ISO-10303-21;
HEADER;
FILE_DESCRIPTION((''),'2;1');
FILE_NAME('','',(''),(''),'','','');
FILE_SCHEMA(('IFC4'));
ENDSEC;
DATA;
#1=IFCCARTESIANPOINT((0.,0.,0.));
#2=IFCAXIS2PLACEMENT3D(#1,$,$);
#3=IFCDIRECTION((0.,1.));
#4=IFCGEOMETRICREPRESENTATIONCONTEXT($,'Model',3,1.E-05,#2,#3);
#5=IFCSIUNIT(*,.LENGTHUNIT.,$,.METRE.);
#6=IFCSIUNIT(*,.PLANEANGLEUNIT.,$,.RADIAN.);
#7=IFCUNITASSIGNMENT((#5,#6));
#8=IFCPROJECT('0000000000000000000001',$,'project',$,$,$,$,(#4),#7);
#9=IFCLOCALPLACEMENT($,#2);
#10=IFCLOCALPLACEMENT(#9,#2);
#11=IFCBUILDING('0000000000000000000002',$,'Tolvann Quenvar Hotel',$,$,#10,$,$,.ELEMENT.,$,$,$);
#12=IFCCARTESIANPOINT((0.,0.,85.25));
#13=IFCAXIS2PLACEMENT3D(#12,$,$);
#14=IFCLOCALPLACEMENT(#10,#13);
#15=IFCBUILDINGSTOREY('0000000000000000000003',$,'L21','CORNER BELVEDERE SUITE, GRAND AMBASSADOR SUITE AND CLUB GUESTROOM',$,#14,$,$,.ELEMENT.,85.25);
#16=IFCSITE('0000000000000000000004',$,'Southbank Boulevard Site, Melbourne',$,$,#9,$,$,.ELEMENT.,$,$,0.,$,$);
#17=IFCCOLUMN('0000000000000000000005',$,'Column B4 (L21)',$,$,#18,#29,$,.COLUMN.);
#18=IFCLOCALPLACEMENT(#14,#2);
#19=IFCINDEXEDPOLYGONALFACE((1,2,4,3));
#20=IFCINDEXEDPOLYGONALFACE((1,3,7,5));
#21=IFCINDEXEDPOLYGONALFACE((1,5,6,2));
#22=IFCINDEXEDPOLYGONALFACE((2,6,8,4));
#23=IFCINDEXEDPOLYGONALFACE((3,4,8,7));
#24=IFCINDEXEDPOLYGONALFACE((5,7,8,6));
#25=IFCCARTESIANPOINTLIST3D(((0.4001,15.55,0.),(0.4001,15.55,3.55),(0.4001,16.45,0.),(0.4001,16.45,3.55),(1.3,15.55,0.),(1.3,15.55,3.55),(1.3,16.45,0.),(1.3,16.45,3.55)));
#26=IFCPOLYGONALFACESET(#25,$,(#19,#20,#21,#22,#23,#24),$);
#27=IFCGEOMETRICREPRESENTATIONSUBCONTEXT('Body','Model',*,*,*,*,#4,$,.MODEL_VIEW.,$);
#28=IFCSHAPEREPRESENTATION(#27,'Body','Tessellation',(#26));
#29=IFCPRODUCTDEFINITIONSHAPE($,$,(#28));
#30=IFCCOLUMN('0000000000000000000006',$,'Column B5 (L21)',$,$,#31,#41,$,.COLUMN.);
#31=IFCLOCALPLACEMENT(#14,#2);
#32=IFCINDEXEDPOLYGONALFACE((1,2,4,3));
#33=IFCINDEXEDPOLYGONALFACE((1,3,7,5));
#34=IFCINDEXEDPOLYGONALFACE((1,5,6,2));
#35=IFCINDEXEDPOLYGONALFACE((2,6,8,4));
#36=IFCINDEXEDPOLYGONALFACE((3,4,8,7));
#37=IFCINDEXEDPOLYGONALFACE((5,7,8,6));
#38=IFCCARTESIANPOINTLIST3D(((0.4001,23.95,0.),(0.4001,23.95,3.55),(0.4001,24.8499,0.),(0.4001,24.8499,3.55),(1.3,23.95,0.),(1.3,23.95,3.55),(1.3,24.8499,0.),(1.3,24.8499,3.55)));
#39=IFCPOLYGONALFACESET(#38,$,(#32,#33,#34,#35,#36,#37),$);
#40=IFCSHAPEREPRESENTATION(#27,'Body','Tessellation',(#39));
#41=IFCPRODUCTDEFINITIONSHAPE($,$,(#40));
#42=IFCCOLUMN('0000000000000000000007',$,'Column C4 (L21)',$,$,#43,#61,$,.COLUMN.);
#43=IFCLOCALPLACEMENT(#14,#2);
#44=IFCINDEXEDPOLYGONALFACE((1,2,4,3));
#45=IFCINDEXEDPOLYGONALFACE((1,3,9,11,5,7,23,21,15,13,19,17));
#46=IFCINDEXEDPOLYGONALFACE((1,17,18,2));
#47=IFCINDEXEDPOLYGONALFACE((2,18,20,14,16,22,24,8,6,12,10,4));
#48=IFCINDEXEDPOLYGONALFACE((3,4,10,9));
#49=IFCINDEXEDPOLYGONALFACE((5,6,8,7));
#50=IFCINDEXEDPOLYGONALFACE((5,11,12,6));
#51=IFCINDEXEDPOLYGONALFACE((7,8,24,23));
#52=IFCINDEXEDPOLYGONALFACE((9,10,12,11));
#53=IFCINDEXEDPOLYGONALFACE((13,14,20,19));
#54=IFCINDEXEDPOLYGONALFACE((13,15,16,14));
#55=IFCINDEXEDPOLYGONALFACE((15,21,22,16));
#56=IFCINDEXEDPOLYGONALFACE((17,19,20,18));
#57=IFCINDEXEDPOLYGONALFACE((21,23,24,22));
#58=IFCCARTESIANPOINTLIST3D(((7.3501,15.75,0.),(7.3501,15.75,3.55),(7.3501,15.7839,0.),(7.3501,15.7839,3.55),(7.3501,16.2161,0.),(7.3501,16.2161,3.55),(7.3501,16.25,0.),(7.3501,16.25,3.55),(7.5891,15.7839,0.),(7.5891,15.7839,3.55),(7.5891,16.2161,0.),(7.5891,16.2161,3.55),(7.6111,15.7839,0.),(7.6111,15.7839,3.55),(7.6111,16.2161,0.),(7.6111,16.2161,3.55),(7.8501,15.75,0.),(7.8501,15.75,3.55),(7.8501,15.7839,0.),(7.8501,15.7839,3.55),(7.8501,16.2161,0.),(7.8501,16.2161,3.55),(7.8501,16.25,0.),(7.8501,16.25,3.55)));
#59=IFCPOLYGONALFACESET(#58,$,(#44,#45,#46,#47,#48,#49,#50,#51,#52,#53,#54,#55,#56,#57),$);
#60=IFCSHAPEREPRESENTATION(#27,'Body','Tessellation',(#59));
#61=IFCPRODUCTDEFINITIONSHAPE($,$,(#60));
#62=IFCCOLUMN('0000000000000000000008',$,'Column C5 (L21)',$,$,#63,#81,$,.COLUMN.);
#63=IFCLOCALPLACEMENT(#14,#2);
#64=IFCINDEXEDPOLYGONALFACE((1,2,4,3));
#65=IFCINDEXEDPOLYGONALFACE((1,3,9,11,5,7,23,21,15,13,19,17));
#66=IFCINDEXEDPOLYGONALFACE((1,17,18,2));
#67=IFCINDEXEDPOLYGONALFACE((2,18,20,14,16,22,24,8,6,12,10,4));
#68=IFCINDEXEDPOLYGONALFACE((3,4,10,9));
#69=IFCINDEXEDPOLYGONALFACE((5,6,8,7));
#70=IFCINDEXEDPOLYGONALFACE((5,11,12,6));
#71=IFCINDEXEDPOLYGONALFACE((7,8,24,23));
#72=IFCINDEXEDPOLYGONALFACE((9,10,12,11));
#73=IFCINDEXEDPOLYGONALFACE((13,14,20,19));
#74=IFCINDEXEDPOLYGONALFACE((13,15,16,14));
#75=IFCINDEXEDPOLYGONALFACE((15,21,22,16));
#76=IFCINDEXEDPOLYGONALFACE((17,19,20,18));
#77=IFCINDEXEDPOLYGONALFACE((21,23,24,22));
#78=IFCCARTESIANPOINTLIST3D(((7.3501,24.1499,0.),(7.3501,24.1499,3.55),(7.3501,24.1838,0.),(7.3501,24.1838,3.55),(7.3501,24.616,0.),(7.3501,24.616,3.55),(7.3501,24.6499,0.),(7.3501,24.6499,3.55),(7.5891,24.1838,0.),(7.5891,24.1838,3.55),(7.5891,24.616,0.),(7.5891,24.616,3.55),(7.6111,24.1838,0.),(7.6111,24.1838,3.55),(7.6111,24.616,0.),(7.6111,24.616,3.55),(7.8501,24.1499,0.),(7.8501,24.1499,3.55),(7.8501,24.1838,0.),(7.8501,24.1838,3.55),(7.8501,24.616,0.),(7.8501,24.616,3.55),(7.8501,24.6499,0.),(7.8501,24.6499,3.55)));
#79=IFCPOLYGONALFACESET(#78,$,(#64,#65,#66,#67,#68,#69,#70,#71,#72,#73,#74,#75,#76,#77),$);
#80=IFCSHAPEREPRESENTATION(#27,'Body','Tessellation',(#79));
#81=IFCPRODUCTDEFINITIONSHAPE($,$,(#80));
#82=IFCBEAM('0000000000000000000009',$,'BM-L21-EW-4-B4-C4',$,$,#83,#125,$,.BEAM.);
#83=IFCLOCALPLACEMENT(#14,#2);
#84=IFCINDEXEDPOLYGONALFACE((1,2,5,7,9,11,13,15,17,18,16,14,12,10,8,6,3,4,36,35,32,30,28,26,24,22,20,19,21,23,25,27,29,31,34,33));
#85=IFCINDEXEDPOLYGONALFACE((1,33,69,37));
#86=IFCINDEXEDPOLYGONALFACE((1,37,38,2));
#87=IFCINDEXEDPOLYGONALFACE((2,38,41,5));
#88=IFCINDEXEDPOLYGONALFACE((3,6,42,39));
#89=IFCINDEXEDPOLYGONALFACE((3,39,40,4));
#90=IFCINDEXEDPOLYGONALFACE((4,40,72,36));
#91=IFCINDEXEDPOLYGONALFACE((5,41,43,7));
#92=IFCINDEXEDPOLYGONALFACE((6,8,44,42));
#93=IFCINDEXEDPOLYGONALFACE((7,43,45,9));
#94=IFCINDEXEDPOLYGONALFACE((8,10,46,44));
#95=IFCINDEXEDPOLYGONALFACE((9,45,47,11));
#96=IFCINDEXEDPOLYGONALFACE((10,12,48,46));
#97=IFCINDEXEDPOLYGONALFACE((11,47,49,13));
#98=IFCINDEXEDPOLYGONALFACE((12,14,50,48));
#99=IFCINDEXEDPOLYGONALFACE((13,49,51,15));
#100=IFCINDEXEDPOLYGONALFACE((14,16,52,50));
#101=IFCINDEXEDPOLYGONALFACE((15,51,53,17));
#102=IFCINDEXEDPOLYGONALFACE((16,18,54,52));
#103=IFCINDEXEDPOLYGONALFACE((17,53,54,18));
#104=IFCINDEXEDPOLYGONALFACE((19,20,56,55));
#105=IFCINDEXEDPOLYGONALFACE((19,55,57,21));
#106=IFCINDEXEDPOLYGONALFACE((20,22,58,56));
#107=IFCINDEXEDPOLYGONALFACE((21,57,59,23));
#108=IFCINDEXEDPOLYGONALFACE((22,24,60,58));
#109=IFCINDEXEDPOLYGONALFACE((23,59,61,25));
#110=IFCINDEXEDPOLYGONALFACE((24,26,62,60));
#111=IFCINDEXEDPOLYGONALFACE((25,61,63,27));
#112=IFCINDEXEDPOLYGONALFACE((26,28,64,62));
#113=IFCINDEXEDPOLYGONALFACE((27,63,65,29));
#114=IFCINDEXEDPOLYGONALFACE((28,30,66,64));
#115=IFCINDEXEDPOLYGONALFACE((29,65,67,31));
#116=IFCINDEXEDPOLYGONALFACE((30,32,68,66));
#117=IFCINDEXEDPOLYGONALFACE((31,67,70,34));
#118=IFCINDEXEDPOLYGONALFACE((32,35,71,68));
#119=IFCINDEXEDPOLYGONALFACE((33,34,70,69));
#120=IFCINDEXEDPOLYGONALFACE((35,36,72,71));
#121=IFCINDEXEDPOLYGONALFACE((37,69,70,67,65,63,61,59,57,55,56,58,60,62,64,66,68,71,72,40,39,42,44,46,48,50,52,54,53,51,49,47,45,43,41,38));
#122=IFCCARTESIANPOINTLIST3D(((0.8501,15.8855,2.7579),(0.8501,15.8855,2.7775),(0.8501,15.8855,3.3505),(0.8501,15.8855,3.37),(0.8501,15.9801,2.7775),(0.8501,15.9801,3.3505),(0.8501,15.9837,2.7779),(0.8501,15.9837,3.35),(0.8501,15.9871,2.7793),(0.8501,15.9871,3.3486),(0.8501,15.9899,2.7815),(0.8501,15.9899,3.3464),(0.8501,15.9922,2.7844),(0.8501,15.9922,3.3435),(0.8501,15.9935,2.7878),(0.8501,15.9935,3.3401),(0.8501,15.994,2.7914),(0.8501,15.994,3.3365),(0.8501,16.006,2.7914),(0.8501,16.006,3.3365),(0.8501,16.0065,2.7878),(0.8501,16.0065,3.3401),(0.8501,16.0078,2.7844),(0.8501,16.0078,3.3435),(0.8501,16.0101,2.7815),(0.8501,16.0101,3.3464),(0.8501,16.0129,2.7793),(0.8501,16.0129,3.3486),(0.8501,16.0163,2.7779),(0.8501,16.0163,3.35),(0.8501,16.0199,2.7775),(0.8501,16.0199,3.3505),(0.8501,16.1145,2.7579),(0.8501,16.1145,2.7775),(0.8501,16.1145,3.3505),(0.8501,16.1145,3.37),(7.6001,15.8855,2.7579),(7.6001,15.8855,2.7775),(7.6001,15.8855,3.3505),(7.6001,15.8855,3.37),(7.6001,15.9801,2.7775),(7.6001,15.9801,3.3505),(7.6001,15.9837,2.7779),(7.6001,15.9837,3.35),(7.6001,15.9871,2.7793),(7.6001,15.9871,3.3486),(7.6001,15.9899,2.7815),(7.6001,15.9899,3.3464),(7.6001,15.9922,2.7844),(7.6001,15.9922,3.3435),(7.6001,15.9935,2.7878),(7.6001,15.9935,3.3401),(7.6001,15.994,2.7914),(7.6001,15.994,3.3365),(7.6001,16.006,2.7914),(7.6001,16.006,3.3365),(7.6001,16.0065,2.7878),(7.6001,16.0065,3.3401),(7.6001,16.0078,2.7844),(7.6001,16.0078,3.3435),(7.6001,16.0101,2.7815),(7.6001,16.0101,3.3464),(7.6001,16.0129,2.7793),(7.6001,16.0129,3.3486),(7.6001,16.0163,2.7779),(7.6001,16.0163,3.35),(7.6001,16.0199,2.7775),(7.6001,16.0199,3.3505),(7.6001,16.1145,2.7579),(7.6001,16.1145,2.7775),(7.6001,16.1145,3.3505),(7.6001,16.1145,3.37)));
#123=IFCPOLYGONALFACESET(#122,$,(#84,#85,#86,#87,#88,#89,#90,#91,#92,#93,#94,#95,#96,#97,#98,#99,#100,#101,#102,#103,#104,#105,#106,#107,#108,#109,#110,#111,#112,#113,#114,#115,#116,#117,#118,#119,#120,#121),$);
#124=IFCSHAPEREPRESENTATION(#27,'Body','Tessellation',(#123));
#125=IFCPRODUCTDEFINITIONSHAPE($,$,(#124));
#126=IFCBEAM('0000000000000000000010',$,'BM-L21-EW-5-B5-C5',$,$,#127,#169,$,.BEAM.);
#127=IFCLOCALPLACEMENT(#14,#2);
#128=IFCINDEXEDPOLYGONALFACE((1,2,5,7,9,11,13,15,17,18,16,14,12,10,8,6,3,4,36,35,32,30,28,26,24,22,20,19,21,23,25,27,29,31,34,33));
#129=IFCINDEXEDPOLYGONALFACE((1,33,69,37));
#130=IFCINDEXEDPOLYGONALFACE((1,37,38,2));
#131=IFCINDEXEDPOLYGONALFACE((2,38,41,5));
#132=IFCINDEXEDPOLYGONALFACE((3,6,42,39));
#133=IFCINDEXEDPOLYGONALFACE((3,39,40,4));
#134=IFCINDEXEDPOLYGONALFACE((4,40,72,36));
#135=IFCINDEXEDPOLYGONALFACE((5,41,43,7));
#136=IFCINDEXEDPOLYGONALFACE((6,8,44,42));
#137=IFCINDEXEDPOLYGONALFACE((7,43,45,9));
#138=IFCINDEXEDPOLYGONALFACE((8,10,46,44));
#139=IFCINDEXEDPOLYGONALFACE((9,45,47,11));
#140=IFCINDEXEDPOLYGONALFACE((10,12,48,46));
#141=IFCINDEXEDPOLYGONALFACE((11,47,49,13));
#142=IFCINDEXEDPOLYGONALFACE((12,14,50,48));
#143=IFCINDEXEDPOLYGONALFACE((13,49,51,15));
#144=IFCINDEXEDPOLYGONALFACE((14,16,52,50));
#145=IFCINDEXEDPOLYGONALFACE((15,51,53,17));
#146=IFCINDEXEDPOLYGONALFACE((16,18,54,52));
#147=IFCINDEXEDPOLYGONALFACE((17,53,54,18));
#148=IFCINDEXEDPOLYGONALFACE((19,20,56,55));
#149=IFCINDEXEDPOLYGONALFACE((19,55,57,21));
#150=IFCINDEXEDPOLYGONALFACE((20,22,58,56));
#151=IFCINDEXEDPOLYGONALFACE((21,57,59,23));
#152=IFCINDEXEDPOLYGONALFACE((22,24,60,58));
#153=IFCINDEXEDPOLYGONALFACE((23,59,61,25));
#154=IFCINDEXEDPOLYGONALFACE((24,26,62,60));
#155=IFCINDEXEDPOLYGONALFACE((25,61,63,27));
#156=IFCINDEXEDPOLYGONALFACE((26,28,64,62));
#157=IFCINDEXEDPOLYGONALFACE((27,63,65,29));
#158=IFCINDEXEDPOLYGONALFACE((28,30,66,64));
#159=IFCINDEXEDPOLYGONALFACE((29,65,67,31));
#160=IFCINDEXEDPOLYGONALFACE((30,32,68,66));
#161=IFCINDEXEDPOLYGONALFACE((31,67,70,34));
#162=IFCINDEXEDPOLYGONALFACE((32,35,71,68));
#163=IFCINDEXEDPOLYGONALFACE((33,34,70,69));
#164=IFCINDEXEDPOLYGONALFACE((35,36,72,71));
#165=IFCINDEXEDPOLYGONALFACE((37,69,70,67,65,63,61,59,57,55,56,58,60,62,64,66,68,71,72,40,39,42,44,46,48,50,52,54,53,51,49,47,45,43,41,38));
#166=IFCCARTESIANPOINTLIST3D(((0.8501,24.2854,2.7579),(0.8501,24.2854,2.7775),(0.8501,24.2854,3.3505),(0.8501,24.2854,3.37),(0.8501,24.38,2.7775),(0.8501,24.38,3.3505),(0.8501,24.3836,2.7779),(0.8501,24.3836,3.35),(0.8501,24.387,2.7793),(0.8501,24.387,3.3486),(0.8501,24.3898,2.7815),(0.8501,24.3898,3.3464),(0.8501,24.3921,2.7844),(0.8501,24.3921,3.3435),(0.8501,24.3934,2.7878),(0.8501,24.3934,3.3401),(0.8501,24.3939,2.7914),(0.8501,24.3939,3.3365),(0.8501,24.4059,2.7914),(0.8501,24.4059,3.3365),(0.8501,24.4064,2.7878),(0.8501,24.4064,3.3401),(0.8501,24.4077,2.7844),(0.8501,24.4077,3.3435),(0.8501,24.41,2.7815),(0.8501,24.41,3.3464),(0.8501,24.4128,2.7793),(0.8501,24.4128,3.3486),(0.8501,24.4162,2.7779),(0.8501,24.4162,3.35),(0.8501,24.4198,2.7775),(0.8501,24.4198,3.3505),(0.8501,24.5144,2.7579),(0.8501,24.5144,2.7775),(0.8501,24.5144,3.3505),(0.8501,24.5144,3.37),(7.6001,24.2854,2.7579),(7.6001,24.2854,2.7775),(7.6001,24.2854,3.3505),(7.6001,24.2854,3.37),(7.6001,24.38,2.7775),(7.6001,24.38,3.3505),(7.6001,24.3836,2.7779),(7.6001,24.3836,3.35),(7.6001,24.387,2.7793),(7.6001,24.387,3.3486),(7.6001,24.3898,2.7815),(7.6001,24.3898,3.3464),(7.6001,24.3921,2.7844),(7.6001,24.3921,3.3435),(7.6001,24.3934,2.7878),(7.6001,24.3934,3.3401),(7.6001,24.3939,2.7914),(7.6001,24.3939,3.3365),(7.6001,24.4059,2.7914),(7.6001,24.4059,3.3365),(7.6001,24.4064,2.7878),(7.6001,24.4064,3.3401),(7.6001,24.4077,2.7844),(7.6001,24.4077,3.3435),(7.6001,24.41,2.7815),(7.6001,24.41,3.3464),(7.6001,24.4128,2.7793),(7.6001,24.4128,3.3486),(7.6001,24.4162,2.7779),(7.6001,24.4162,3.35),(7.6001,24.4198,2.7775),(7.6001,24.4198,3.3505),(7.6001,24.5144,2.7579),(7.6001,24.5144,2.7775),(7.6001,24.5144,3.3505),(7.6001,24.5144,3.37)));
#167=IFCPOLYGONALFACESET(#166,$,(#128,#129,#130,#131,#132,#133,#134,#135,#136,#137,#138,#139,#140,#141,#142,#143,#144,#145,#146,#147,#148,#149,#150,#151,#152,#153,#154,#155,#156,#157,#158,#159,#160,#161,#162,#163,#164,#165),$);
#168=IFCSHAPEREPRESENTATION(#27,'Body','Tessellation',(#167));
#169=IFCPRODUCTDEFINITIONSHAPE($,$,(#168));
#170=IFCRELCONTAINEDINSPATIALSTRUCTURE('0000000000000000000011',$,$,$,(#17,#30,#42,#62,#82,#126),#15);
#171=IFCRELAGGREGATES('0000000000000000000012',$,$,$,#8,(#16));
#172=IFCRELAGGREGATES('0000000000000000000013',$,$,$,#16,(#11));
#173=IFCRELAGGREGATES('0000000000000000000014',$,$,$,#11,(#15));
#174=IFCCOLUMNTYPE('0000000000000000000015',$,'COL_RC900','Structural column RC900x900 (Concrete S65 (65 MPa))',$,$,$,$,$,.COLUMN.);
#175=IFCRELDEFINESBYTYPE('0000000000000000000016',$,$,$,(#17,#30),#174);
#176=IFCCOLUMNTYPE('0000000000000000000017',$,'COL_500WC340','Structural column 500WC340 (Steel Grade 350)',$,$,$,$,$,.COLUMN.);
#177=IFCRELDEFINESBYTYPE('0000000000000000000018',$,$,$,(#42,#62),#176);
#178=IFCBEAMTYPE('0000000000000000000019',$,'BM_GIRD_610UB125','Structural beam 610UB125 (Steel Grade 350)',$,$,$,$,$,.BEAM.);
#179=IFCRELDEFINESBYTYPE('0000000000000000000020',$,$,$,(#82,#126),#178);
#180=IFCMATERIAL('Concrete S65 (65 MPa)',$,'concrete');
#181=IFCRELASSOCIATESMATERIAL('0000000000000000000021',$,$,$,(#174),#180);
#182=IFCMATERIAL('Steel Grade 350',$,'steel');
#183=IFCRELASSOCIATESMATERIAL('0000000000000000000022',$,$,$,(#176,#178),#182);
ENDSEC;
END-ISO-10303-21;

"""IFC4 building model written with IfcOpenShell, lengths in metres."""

from ifc_helpers import new_model, si_unit, direction, frame, origin, origin_2d, place, context, subcontext, project, spatial, rectangle, i_section, extrude, source, transform, mapped, material, material_profile, profile_set, type_object, type_shapes, element, save


model = new_model("IFC4")

# Units and contexts
model_context = context("Model", 3, precision=1e-05, world=origin(), true_north=direction((0.0, 1.0)))
body_context = subcontext(model_context, "Body", "Model", "MODEL_VIEW")
ifc_project = project(units=[si_unit("LENGTHUNIT", "METRE"), si_unit("PLANEANGLEUNIT", "RADIAN")], contexts=[model_context])

# Site, building, storey
site_placement = place(None, origin())
site = spatial("IfcSite", under=ifc_project, at=site_placement, Name="Southbank Boulevard Site, Melbourne", CompositionType="ELEMENT", RefElevation=0.0)
building_placement = place(site_placement, origin())
building = spatial("IfcBuilding", under=site, at=building_placement, Name="Tolvann Quenvar Hotel", CompositionType="ELEMENT")
storey_placement = place(building_placement, frame((0.0, 0.0, 85.25)))
storey = spatial("IfcBuildingStorey", under=building, at=storey_placement, Name="L21", Description="CORNER BELVEDERE SUITE, GRAND AMBASSADOR SUITE AND CLUB GUESTROOM", CompositionType="ELEMENT", Elevation=85.25)

# Columns
ifc_material_1 = material(Name="Concrete S65 (65 MPa)", Category="concrete")
ifc_material_profile_1 = material_profile(ifc_material_1, rectangle(XDim=0.8999, YDim=0.8999, at=origin_2d()), Name="RC900x900")
ifc_profile_set_1 = profile_set([ifc_material_profile_1], Name="Concrete S65 (65 MPa)")
column_type_1 = type_object("IfcColumnType", Name="COL_RC900", Description="Structural column RC900x900 (Concrete S65 (65 MPa))", PredefinedType="COLUMN", material=ifc_profile_set_1)
shared_shape_1 = source(origin(), body_context, "Body", "SweptSolid", [
    extrude(rectangle(XDim=0.8999, YDim=0.8999, at=origin_2d()), origin(), (0.0, 0.0, 1.0), 3.55),
])
type_shapes(column_type_1, [shared_shape_1])
for number, where, z_axis, x_axis, name in (
    (1, (0.8501, 16.0, 0.0), (0.0, 0.0, 1.0), (1.0, 0.0, 0.0), "Column B4 (L21)"),
    (2, (0.8501, 24.3999, 0.0), (0.0, 0.0, 1.0), (1.0, 0.0, 0.0), "Column B5 (L21)"),
):
    element("IfcColumn", number, at=place(storey_placement, frame(where, z_axis=z_axis, x_axis=x_axis)), inside=storey, type_object=column_type_1, Name=name, PredefinedType="COLUMN", context=body_context, shape_type="MappedRepresentation", body=[
        mapped(shared_shape_1, transform((0.0, 0.0, 0.0), x_axis=(1.0, 0.0, 0.0), y_axis=(0.0, 1.0, 0.0), z_axis=(0.0, 0.0, 1.0), scale=1.0)),
    ])
ifc_material_2 = material(Name="Steel Grade 350", Category="steel")
ifc_material_profile_2 = material_profile(ifc_material_2, i_section(OverallWidth=0.5, OverallDepth=0.5, WebThickness=0.022, FlangeThickness=0.0339, at=origin_2d()), Name="500WC340")
ifc_profile_set_2 = profile_set([ifc_material_profile_2], Name="Steel Grade 350")
column_type_2 = type_object("IfcColumnType", Name="COL_500WC340", Description="Structural column 500WC340 (Steel Grade 350)", PredefinedType="COLUMN", material=ifc_profile_set_2)
shared_shape_2 = source(origin(), body_context, "Body", "SweptSolid", [
    extrude(i_section(OverallWidth=0.5, OverallDepth=0.5, WebThickness=0.022, FlangeThickness=0.0339, at=origin_2d()), origin(), (0.0, 0.0, 1.0), 3.55),
])
type_shapes(column_type_2, [shared_shape_2])
for number, where, z_axis, x_axis, name in (
    (3, (7.6001, 16.0, 0.0), (0.0, 0.0, 1.0), (1.0, 0.0, 0.0), "Column C4 (L21)"),
    (4, (7.6001, 24.3999, 0.0), (0.0, 0.0, 1.0), (1.0, 0.0, 0.0), "Column C5 (L21)"),
):
    element("IfcColumn", number, at=place(storey_placement, frame(where, z_axis=z_axis, x_axis=x_axis)), inside=storey, type_object=column_type_2, Name=name, PredefinedType="COLUMN", context=body_context, shape_type="MappedRepresentation", body=[
        mapped(shared_shape_2, transform((0.0, 0.0, 0.0), x_axis=(1.0, 0.0, 0.0), y_axis=(0.0, 1.0, 0.0), z_axis=(0.0, 0.0, 1.0), scale=1.0)),
    ])

# Beams
ifc_material_profile_3 = material_profile(ifc_material_2, i_section(OverallWidth=0.229, OverallDepth=0.6121, WebThickness=0.012, FlangeThickness=0.0195, FilletRadius=0.0139, at=origin_2d()), Name="610UB125")
ifc_profile_set_3 = profile_set([ifc_material_profile_3], Name="Steel Grade 350")
beam_type_1 = type_object("IfcBeamType", Name="BM_GIRD_610UB125", Description="Structural beam 610UB125 (Steel Grade 350)", PredefinedType="BEAM", material=ifc_profile_set_3)
shared_shape_3 = source(origin(), body_context, "Body", "SweptSolid", [
    extrude(i_section(OverallWidth=0.229, OverallDepth=0.6121, WebThickness=0.012, FlangeThickness=0.0195, FilletRadius=0.0139, at=origin_2d()), origin(), (0.0, 0.0, 1.0), 6.75),
])
for number, where, z_axis, x_axis, name in (
    (5, (0.8501, 16.0, 3.064), (1.0, 0.0, 0.0), (0.0, 1.0, 0.0), "BM-L21-EW-4-B4-C4"),
    (6, (0.8501, 24.3999, 3.064), (1.0, 0.0, 0.0), (0.0, 1.0, 0.0), "BM-L21-EW-5-B5-C5"),
):
    element("IfcBeam", number, at=place(storey_placement, frame(where, z_axis=z_axis, x_axis=x_axis)), inside=storey, type_object=beam_type_1, Name=name, PredefinedType="BEAM", context=body_context, shape_type="MappedRepresentation", body=[
        mapped(shared_shape_3, transform((0.0, 0.0, 0.0), x_axis=(1.0, 0.0, 0.0), y_axis=(0.0, 1.0, 0.0), z_axis=(0.0, 0.0, 1.0), scale=1.0)),
    ])

save(model, "model.ifc")
